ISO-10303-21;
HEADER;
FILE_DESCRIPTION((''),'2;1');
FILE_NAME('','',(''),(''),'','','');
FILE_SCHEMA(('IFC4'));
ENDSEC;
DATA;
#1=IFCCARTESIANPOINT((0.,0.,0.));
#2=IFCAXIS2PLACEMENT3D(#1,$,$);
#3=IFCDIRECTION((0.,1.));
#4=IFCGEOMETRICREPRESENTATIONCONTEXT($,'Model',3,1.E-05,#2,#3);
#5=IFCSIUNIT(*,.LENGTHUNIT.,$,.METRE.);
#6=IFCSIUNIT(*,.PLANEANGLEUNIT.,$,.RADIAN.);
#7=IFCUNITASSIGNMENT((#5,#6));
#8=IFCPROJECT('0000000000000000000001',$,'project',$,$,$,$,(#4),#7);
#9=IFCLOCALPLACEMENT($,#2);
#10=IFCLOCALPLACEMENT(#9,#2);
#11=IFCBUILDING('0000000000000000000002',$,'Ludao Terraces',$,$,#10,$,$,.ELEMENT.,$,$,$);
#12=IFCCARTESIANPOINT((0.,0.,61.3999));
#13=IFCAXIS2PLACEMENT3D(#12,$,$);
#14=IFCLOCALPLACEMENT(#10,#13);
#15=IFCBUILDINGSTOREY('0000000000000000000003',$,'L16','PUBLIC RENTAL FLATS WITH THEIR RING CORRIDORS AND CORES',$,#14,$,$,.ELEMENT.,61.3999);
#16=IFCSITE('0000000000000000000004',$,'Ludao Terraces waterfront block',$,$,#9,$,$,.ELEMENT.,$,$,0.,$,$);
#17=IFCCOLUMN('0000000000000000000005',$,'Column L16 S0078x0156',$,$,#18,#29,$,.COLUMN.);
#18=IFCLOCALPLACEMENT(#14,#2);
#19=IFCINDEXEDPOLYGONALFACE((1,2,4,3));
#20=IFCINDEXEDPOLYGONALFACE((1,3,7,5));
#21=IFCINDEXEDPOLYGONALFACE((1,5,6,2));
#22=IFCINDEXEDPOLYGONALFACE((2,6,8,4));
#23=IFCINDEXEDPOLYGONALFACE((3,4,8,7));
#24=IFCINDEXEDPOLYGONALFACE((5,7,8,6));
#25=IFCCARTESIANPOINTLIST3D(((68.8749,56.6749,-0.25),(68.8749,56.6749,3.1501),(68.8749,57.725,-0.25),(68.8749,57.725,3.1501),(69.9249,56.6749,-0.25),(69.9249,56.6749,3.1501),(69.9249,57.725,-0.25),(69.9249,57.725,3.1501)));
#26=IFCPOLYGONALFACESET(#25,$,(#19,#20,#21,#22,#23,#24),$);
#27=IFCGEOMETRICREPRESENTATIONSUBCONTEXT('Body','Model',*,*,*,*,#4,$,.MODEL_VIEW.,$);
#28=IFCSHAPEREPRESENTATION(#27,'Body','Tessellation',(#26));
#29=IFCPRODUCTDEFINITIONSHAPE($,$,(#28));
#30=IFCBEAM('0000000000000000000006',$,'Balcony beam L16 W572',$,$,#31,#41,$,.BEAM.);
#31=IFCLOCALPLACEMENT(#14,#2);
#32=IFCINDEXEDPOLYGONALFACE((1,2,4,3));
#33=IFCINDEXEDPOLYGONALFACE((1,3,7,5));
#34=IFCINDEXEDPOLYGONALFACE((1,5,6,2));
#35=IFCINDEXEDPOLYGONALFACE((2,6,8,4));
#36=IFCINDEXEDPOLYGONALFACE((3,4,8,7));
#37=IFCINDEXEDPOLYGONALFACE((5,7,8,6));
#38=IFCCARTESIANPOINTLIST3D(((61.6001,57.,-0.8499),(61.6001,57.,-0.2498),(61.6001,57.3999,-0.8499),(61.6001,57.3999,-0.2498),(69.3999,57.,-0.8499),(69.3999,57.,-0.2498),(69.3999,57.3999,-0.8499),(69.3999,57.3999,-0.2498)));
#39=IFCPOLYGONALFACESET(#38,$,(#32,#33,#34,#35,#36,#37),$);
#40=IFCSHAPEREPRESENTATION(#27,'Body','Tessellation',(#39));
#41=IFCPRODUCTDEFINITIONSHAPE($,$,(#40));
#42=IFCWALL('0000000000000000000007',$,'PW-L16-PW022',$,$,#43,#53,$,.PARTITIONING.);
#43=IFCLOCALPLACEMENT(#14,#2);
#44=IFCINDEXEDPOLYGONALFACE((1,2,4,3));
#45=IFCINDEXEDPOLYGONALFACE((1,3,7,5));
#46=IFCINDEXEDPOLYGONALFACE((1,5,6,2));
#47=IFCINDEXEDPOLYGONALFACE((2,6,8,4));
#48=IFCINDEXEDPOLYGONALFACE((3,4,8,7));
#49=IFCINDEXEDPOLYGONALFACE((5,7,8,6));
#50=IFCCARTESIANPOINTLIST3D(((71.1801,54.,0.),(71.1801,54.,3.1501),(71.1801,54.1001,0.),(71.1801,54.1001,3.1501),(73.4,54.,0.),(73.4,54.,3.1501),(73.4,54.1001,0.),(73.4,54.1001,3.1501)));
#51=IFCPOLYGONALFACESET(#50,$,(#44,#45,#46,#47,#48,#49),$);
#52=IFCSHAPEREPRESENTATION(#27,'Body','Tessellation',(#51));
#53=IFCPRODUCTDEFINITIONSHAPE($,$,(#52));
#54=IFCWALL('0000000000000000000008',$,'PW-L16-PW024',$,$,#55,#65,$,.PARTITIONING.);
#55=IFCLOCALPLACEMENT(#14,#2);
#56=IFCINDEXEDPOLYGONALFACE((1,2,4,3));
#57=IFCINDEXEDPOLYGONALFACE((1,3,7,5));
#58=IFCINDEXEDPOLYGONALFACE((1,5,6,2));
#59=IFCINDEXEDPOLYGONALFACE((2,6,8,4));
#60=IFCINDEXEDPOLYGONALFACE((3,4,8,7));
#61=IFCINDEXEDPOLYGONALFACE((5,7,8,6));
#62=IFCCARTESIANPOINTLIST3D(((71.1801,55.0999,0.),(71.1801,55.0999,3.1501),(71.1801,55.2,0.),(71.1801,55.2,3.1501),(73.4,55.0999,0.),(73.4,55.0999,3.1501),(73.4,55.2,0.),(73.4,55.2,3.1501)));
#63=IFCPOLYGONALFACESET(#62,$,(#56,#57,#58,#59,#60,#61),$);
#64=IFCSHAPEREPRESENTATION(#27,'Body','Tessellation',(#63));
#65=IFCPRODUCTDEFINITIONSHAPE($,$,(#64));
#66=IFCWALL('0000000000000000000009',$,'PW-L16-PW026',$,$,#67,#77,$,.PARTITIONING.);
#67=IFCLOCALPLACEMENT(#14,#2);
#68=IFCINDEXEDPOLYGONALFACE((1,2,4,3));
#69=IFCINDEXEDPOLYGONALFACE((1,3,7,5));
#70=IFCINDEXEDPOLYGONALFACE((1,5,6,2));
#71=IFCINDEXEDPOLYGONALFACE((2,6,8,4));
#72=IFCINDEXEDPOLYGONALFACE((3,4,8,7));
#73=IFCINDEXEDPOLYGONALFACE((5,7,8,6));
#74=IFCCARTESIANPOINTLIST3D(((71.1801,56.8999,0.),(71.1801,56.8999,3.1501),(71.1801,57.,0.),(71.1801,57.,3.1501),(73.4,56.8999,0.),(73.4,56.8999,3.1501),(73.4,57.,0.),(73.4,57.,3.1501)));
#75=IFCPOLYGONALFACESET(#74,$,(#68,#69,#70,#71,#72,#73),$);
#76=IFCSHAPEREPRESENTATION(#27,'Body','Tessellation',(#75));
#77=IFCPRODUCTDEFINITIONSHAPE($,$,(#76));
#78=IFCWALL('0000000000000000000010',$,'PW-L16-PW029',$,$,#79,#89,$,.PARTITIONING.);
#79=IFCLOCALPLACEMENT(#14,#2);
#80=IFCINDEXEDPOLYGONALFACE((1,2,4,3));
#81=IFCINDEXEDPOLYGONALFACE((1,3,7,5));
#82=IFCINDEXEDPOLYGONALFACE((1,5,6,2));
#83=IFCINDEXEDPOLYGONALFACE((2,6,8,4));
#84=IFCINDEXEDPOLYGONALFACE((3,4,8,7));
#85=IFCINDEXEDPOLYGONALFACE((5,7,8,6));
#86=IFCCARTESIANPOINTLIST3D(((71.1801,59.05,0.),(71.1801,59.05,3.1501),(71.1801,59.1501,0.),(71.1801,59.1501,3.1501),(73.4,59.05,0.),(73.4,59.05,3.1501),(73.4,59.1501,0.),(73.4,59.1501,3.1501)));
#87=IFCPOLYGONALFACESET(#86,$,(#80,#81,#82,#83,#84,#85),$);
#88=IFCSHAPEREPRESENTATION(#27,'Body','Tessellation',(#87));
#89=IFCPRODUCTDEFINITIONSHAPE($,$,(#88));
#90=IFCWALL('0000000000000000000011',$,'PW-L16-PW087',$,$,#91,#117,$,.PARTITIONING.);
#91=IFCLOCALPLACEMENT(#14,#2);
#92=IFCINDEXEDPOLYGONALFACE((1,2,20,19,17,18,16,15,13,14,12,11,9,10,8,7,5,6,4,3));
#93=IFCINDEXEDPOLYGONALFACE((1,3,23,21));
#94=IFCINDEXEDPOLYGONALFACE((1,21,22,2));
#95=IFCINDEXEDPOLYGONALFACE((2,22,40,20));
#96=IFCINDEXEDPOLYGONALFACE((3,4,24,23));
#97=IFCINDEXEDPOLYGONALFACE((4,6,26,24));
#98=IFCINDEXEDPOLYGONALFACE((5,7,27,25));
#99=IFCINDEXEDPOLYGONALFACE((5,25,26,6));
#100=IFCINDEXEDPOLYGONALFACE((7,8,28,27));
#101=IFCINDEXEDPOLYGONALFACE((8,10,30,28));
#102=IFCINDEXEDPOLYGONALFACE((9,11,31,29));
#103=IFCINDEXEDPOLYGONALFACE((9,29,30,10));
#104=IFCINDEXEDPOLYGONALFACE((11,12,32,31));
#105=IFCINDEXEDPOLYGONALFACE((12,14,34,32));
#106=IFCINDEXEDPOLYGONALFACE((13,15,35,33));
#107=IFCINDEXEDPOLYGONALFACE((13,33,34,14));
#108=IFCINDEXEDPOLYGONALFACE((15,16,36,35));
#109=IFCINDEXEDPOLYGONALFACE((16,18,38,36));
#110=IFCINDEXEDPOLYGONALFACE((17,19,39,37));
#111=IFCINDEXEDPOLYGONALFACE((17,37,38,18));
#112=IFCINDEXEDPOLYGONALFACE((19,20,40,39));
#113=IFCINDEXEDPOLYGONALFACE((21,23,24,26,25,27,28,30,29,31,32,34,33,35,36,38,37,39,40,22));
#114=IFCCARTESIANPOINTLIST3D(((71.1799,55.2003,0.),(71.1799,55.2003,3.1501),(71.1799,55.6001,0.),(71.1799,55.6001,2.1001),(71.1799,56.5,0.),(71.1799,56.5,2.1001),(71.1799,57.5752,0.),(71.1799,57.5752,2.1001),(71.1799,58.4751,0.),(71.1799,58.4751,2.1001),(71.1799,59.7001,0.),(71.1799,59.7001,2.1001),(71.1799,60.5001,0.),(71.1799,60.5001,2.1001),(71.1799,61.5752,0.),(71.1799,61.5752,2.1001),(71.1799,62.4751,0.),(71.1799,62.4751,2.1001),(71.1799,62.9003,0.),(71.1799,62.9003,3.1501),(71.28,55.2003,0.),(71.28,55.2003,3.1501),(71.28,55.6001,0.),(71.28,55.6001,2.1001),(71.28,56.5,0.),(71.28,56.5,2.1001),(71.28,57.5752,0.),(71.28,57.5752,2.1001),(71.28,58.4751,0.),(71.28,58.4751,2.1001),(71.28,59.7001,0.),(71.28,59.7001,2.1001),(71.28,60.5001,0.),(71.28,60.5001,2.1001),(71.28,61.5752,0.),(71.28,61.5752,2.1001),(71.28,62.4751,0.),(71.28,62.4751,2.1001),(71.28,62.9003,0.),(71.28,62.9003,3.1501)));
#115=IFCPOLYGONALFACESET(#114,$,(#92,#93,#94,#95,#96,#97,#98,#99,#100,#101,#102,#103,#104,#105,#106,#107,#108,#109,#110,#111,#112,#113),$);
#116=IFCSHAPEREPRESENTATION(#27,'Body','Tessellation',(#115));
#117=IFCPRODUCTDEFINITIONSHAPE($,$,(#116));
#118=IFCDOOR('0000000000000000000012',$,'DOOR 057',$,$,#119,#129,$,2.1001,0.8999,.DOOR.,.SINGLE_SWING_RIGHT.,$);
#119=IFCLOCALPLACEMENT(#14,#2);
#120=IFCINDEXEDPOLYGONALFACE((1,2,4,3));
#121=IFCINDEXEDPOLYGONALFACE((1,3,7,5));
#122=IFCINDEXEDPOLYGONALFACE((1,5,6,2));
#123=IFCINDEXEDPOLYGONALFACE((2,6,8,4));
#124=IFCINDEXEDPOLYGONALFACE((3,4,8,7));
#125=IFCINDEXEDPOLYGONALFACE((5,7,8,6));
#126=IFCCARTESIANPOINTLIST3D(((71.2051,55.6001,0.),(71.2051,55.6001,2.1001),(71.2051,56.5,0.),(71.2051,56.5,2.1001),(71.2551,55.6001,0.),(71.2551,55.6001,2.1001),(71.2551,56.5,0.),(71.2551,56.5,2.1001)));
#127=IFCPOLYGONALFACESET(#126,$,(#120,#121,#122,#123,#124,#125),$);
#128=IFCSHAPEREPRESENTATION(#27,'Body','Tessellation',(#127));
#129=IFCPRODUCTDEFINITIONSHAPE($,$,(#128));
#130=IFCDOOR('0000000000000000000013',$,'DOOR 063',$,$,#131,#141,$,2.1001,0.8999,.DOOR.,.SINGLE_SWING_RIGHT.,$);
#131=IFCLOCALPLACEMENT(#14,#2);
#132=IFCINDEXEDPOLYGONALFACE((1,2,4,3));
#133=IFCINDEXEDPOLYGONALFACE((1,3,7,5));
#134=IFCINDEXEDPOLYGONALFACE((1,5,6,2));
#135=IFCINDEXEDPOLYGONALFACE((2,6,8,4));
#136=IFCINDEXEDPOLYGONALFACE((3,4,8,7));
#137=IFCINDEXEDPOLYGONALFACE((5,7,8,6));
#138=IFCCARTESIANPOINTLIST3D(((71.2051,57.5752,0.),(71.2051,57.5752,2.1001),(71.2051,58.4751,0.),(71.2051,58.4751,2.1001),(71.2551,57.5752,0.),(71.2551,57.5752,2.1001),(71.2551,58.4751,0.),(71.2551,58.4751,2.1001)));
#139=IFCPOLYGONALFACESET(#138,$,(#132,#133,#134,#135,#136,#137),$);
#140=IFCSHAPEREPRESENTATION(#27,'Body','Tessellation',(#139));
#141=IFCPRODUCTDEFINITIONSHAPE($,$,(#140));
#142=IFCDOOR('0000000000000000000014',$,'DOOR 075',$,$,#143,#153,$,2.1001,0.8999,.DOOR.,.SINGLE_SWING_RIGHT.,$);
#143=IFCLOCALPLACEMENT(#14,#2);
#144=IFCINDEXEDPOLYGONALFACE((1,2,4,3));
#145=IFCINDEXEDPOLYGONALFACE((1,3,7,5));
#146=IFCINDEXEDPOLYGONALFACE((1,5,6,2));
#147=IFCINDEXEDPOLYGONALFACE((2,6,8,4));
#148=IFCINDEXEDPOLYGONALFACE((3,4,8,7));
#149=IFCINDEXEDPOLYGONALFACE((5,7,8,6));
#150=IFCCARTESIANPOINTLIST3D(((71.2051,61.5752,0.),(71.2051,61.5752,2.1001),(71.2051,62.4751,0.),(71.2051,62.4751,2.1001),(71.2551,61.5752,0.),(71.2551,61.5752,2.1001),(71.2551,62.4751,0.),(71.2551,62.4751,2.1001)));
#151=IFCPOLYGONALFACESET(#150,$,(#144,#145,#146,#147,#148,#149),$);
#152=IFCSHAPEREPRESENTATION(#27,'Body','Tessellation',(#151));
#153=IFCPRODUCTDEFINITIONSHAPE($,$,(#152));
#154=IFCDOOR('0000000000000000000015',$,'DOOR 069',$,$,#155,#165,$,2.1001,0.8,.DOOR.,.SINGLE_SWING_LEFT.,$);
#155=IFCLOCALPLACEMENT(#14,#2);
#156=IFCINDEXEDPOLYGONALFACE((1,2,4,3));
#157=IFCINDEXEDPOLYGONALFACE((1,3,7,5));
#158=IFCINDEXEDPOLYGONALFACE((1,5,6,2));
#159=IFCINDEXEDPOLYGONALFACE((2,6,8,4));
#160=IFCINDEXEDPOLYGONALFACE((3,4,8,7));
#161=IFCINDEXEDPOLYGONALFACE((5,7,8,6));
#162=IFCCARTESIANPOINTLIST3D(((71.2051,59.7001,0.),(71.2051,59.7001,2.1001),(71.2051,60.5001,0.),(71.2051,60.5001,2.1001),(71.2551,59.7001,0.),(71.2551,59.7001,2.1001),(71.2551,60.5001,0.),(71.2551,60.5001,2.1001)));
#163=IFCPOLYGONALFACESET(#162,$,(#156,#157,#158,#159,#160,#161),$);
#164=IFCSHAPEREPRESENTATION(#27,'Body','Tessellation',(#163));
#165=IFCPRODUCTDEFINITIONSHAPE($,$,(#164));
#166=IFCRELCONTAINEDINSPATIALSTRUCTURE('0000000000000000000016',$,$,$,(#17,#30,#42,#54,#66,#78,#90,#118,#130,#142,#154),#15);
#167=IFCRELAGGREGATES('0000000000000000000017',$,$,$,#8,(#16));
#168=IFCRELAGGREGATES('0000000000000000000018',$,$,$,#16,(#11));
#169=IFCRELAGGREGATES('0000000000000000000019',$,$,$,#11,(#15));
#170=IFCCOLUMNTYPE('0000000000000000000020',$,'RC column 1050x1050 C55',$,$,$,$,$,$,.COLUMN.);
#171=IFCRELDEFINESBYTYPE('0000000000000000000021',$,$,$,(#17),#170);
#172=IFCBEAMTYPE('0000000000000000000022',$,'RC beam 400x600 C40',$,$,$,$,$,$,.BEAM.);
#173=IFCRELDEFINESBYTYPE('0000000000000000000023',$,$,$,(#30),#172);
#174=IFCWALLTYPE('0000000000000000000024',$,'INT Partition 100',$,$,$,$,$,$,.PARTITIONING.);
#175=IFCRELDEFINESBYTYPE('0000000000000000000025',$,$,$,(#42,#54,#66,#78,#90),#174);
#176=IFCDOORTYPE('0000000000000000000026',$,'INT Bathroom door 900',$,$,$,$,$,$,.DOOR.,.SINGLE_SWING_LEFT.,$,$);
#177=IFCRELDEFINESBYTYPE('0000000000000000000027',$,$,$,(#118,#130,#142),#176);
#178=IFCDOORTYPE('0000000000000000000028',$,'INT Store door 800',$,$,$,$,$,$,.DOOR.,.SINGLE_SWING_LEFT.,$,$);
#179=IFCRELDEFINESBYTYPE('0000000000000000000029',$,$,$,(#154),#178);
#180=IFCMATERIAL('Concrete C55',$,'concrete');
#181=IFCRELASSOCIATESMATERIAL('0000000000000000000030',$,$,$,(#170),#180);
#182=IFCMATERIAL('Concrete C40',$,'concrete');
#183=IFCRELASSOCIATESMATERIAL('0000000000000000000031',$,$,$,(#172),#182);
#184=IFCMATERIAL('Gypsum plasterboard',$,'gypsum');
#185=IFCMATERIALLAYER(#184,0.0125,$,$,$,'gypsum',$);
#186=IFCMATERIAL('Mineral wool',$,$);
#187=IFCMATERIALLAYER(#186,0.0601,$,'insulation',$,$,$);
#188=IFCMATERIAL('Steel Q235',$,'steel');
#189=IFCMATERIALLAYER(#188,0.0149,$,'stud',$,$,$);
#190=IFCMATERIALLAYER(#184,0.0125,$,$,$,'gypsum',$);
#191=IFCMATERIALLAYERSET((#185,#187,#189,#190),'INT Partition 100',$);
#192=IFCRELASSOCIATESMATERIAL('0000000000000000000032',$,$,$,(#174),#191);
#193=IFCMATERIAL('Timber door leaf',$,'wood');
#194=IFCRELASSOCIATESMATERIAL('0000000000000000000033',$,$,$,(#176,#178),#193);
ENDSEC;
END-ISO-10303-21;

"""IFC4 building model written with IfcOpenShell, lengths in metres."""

from ifc_helpers import new_model, si_unit, direction, frame, frame_2d, origin, origin_2d, place, context, subcontext, project, spatial, rectangle, extrude, material, layer, layer_set, material_profile, profile_set, type_object, element, fill, save


model = new_model("IFC4")

# Units and contexts
model_context = context("Model", 3, precision=1e-05, world=origin(), true_north=direction((0.0, 1.0)))
body_context = subcontext(model_context, "Body", "Model", "MODEL_VIEW")
ifc_project = project(units=[si_unit("LENGTHUNIT", "METRE"), si_unit("PLANEANGLEUNIT", "RADIAN")], contexts=[model_context])

# Site, building, storey
site_placement = place(None, origin())
site = spatial("IfcSite", under=ifc_project, at=site_placement, Name="Ludao Terraces waterfront block", CompositionType="ELEMENT", RefElevation=0.0)
building_placement = place(site_placement, origin())
building = spatial("IfcBuilding", under=site, at=building_placement, Name="Ludao Terraces", CompositionType="ELEMENT")
storey_placement = place(building_placement, frame((0.0, 0.0, 61.3999)))
storey = spatial("IfcBuildingStorey", under=building, at=storey_placement, Name="L16", Description="PUBLIC RENTAL FLATS WITH THEIR RING CORRIDORS AND CORES", CompositionType="ELEMENT", Elevation=61.3999)

# Column
ifc_material_1 = material(Name="Concrete C55", Category="concrete")
ifc_material_profile_1 = material_profile(ifc_material_1, rectangle(XDim=1.05, YDim=1.05, at=origin_2d()), Name="1050 X 1050")
ifc_profile_set_1 = profile_set([ifc_material_profile_1], Name="Concrete C55")
column_type = type_object("IfcColumnType", Name="RC column 1050x1050 C55", PredefinedType="COLUMN", material=ifc_profile_set_1)
column_placement = place(storey_placement, frame((69.3999, 57.2, -0.25), z_axis=(0.0, 0.0, 1.0), x_axis=(1.0, 0.0, 0.0)))
element("IfcColumn", 1, at=column_placement, inside=storey, type_object=column_type, Name="Column L16 S0078x0156", PredefinedType="COLUMN", context=body_context, shape_type="SweptSolid", body=[
    extrude(rectangle(XDim=1.05, YDim=1.05, at=origin_2d()), origin(), (0.0, 0.0, 1.0), 3.4001),
])

# Beam
ifc_material_2 = material(Name="Concrete C40", Category="concrete")
ifc_material_profile_2 = material_profile(ifc_material_2, rectangle(XDim=0.3999, YDim=0.6001, at=origin_2d()), Name="400 X 600")
ifc_profile_set_2 = profile_set([ifc_material_profile_2], Name="Concrete C40")
beam_type = type_object("IfcBeamType", Name="RC beam 400x600 C40", PredefinedType="BEAM", material=ifc_profile_set_2)
beam_placement = place(storey_placement, frame((69.3999, 57.2, -0.5498), z_axis=(-1.0, 0.0, 0.0), x_axis=(0.0, -1.0, 0.0)))
element("IfcBeam", 2, at=beam_placement, inside=storey, type_object=beam_type, Name="Balcony beam L16 W572", PredefinedType="BEAM", context=body_context, shape_type="SweptSolid", body=[
    extrude(rectangle(XDim=0.3999, YDim=0.6001, at=origin_2d()), origin(), (0.0, 0.0, 1.0), 7.7998),
])

# Walls
ifc_material_3 = material(Name="Gypsum plasterboard", Category="gypsum")
ifc_layer_1 = layer(ifc_material_3, 0.0125, Category="gypsum")
ifc_material_4 = material(Name="Mineral wool")
ifc_layer_2 = layer(ifc_material_4, 0.0601, Name="insulation")
ifc_material_5 = material(Name="Steel Q235", Category="steel")
ifc_layer_3 = layer(ifc_material_5, 0.0149, Name="stud")
ifc_layer_4 = layer(ifc_material_3, 0.0125, Category="gypsum")
ifc_layer_set = layer_set([ifc_layer_1, ifc_layer_2, ifc_layer_3, ifc_layer_4], Name="INT Partition 100")
wall_type = type_object("IfcWallType", Name="INT Partition 100", PredefinedType="PARTITIONING", material=ifc_layer_set)
for number, where, z_axis, x_axis, name in (
    (3, (71.1802, 54.05, 0.0), (0.0, 0.0, 1.0), (1.0, 0.0, 0.0), "PW-L16-PW022"),
    (4, (71.1802, 55.1499, 0.0), (0.0, 0.0, 1.0), (1.0, 0.0, 0.0), "PW-L16-PW024"),
    (5, (71.1802, 56.95, 0.0), (0.0, 0.0, 1.0), (1.0, 0.0, 0.0), "PW-L16-PW026"),
    (6, (71.1802, 59.1001, 0.0), (0.0, 0.0, 1.0), (1.0, 0.0, 0.0), "PW-L16-PW029"),
):
    element("IfcWall", number, at=place(storey_placement, frame(where, z_axis=z_axis, x_axis=x_axis)), inside=storey, type_object=wall_type, Name=name, PredefinedType="PARTITIONING", context=body_context, shape_type="SweptSolid", body=[
        extrude(rectangle(XDim=2.22, YDim=0.1001, at=frame_2d((1.1099, 0.0))), origin(), (0.0, 0.0, 1.0), 3.1501),
    ])

# Wall, openings, doors
wall_placement = place(storey_placement, frame((71.23, 55.2002, 0.0), z_axis=(0.0, 0.0, 1.0), x_axis=(0.0, 1.0, 0.0)))
wall = element("IfcWall", 7, at=wall_placement, inside=storey, type_object=wall_type, Name="PW-L16-PW087", PredefinedType="PARTITIONING", context=body_context, shape_type="SweptSolid", body=[
    extrude(rectangle(XDim=7.7, YDim=0.1001, at=frame_2d((3.8501, 0.0))), origin(), (0.0, 0.0, 1.0), 3.1501),
])
opening_1_placement = place(wall_placement, frame((0.3999, 0.0, 0.0)))
opening_1 = element("IfcOpeningElement", 8, at=opening_1_placement, cuts=wall, PredefinedType="OPENING", context=body_context, shape_type="SweptSolid", body=[
    extrude(rectangle(XDim=0.8999, YDim=2.1001, at=frame_2d((0.45, 1.05))), frame((0.0, 0.0601, 0.0), z_axis=(0.0, -1.0, 0.0), x_axis=(1.0, 0.0, 0.0)), (0.0, 0.0, 1.0), 0.1201),
])
opening_2_placement = place(wall_placement, frame((2.375, 0.0, 0.0)))
opening_2 = element("IfcOpeningElement", 9, at=opening_2_placement, cuts=wall, PredefinedType="OPENING", context=body_context, shape_type="SweptSolid", body=[
    extrude(rectangle(XDim=0.8999, YDim=2.1001, at=frame_2d((0.45, 1.05))), frame((0.0, 0.0601, 0.0), z_axis=(0.0, -1.0, 0.0), x_axis=(1.0, 0.0, 0.0)), (0.0, 0.0, 1.0), 0.1201),
])
opening_3_placement = place(wall_placement, frame((4.5, 0.0, 0.0)))
opening_3 = element("IfcOpeningElement", 10, at=opening_3_placement, cuts=wall, PredefinedType="OPENING", context=body_context, shape_type="SweptSolid", body=[
    extrude(rectangle(XDim=0.8, YDim=2.1001, at=frame_2d((0.3999, 1.05))), frame((0.0, 0.0601, 0.0), z_axis=(0.0, -1.0, 0.0), x_axis=(1.0, 0.0, 0.0)), (0.0, 0.0, 1.0), 0.1201),
])
opening_4_placement = place(wall_placement, frame((6.375, 0.0, 0.0)))
opening_4 = element("IfcOpeningElement", 11, at=opening_4_placement, cuts=wall, PredefinedType="OPENING", context=body_context, shape_type="SweptSolid", body=[
    extrude(rectangle(XDim=0.8999, YDim=2.1001, at=frame_2d((0.45, 1.05))), frame((0.0, 0.0601, 0.0), z_axis=(0.0, -1.0, 0.0), x_axis=(1.0, 0.0, 0.0)), (0.0, 0.0, 1.0), 0.1201),
])
ifc_material_6 = material(Name="Timber door leaf", Category="wood")
door_type_1 = type_object("IfcDoorType", Name="INT Bathroom door 900", OperationType="SINGLE_SWING_LEFT", PredefinedType="DOOR", material=ifc_material_6)
door_1_placement = place(opening_1_placement, origin())
door_1 = element("IfcDoor", 12, at=door_1_placement, inside=storey, type_object=door_type_1, Name="DOOR 057", OperationType="SINGLE_SWING_RIGHT", OverallHeight=2.1001, OverallWidth=0.8999, PredefinedType="DOOR", context=body_context, shape_type="SweptSolid", body=[
    extrude(rectangle(XDim=0.8999, YDim=2.1001, at=frame_2d((0.45, 1.05))), frame((0.0, 0.0249, 0.0), z_axis=(0.0, -1.0, 0.0), x_axis=(1.0, 0.0, 0.0)), (0.0, 0.0, 1.0), 0.05),
])
fill(opening_1, door_1)
door_2_placement = place(opening_2_placement, origin())
door_2 = element("IfcDoor", 13, at=door_2_placement, inside=storey, type_object=door_type_1, Name="DOOR 063", OperationType="SINGLE_SWING_RIGHT", OverallHeight=2.1001, OverallWidth=0.8999, PredefinedType="DOOR", context=body_context, shape_type="SweptSolid", body=[
    extrude(rectangle(XDim=0.8999, YDim=2.1001, at=frame_2d((0.45, 1.05))), frame((0.0, 0.0249, 0.0), z_axis=(0.0, -1.0, 0.0), x_axis=(1.0, 0.0, 0.0)), (0.0, 0.0, 1.0), 0.05),
])
fill(opening_2, door_2)
door_3_placement = place(opening_4_placement, origin())
door_3 = element("IfcDoor", 14, at=door_3_placement, inside=storey, type_object=door_type_1, Name="DOOR 075", OperationType="SINGLE_SWING_RIGHT", OverallHeight=2.1001, OverallWidth=0.8999, PredefinedType="DOOR", context=body_context, shape_type="SweptSolid", body=[
    extrude(rectangle(XDim=0.8999, YDim=2.1001, at=frame_2d((0.45, 1.05))), frame((0.0, 0.0249, 0.0), z_axis=(0.0, -1.0, 0.0), x_axis=(1.0, 0.0, 0.0)), (0.0, 0.0, 1.0), 0.05),
])
fill(opening_4, door_3)
door_type_2 = type_object("IfcDoorType", Name="INT Store door 800", OperationType="SINGLE_SWING_LEFT", PredefinedType="DOOR", material=ifc_material_6)
door_4_placement = place(opening_3_placement, origin())
door_4 = element("IfcDoor", 15, at=door_4_placement, inside=storey, type_object=door_type_2, Name="DOOR 069", OperationType="SINGLE_SWING_LEFT", OverallHeight=2.1001, OverallWidth=0.8, PredefinedType="DOOR", context=body_context, shape_type="SweptSolid", body=[
    extrude(rectangle(XDim=0.8, YDim=2.1001, at=frame_2d((0.3999, 1.05))), frame((0.0, 0.0249, 0.0), z_axis=(0.0, -1.0, 0.0), x_axis=(1.0, 0.0, 0.0)), (0.0, 0.0, 1.0), 0.05),
])
fill(opening_3, door_4)

save(model, "model.ifc")
